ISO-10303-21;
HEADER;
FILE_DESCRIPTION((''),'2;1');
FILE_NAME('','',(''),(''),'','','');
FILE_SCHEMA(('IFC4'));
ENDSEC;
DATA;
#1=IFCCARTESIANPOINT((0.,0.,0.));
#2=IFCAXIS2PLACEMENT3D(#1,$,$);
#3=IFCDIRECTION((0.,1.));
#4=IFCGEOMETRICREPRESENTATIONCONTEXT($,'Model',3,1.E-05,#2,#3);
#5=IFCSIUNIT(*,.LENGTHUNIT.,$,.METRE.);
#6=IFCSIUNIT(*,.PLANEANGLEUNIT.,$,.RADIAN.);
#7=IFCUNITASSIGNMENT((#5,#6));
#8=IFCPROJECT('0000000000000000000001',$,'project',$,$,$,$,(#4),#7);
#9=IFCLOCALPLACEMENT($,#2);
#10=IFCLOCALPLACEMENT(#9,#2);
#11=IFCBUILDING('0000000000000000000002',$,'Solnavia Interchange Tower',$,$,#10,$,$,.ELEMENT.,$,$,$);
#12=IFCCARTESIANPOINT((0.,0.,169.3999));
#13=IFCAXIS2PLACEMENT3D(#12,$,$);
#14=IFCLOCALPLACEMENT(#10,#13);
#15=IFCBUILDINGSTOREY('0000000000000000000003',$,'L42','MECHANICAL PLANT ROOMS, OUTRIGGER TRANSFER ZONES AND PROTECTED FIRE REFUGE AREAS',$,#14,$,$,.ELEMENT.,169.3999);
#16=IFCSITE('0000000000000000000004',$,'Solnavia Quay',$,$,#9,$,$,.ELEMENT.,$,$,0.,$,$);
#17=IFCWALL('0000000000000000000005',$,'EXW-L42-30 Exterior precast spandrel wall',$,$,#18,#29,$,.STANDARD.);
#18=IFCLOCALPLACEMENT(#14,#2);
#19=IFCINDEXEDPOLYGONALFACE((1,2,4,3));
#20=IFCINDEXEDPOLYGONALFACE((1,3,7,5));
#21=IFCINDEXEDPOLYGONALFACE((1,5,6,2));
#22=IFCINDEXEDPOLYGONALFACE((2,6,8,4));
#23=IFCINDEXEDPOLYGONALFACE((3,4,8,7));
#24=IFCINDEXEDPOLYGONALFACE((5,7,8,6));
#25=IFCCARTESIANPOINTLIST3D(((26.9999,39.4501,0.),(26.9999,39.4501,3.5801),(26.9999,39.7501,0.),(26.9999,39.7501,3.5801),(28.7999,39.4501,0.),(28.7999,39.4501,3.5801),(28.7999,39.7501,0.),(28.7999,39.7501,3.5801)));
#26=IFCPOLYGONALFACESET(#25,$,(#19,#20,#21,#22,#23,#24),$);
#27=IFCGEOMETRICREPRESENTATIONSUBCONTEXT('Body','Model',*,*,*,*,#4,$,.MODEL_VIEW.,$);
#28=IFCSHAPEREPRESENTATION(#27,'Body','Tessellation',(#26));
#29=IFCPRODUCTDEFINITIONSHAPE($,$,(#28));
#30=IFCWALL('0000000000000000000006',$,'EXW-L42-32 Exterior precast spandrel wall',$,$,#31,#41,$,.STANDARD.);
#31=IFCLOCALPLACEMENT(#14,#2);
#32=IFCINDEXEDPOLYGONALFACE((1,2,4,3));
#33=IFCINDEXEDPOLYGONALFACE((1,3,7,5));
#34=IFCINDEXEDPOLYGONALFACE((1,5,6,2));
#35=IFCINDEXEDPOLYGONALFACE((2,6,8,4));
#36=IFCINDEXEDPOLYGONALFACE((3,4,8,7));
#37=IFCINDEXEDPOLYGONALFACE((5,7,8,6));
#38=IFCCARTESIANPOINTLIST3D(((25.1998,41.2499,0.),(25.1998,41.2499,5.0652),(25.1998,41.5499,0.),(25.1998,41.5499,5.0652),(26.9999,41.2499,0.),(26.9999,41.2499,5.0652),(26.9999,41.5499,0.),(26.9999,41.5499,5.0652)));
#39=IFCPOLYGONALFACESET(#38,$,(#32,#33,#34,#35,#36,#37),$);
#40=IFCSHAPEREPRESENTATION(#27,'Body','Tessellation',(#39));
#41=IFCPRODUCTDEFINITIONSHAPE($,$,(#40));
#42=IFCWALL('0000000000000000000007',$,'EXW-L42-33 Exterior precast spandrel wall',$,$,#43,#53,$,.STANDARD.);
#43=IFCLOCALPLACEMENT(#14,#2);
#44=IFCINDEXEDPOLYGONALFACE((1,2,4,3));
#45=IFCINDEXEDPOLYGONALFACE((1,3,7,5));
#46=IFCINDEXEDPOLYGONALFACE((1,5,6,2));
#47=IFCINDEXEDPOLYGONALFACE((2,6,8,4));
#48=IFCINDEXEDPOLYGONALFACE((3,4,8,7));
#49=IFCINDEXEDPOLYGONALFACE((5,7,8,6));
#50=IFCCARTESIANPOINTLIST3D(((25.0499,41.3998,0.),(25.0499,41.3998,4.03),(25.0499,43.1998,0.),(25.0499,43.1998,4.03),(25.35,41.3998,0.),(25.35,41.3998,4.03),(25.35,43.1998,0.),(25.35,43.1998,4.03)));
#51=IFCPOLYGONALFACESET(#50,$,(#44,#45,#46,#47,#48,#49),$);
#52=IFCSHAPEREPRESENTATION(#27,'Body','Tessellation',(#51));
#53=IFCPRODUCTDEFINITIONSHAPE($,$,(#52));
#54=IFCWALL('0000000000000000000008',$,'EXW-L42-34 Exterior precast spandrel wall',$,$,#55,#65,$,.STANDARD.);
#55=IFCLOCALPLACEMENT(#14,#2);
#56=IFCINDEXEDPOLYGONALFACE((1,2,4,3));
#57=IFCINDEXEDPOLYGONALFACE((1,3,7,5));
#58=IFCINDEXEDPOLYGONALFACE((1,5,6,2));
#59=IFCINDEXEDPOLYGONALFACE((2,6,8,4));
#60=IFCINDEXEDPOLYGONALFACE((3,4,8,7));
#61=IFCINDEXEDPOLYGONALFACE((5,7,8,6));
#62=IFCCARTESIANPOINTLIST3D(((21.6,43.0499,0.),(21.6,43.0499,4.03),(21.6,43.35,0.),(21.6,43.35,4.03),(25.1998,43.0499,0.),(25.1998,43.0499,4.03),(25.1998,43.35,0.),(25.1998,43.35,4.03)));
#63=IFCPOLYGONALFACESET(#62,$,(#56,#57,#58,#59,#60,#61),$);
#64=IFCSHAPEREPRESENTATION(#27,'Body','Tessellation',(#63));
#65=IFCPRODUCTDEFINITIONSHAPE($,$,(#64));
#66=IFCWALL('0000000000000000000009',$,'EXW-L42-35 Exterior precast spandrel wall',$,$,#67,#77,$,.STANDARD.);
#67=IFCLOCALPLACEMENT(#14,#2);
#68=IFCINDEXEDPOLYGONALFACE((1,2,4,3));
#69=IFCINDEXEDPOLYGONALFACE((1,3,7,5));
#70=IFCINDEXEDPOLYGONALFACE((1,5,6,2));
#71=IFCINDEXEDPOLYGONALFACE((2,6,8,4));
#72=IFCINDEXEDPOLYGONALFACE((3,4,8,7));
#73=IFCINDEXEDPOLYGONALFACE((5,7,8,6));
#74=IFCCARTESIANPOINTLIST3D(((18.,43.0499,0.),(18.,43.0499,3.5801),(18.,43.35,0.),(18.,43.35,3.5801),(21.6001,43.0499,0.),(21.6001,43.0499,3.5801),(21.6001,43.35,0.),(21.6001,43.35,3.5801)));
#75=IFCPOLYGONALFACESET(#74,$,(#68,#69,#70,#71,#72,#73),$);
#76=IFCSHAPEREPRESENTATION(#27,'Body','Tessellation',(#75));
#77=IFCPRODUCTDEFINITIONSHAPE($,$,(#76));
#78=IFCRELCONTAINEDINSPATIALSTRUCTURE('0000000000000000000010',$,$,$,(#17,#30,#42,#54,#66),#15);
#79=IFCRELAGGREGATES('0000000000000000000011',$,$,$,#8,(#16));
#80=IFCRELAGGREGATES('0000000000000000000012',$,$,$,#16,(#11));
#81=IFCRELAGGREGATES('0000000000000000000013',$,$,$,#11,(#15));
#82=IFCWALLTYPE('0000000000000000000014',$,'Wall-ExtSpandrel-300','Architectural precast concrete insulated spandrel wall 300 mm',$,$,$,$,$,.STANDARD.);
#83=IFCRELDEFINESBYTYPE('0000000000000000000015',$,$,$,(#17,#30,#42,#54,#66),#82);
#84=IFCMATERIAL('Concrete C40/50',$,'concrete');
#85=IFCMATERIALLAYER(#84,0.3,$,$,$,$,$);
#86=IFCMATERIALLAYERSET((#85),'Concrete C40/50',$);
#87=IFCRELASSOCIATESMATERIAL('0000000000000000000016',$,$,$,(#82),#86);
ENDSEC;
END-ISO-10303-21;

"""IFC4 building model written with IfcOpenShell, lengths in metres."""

from ifc_helpers import new_model, si_unit, direction, frame, frame_2d, origin, place, context, subcontext, project, spatial, rectangle, extrude, material, layer, layer_set, type_object, element, save


model = new_model("IFC4")

# Units and contexts
model_context = context("Model", 3, precision=1e-05, world=origin(), true_north=direction((0.0, 1.0)))
body_context = subcontext(model_context, "Body", "Model", "MODEL_VIEW")
ifc_project = project(units=[si_unit("LENGTHUNIT", "METRE"), si_unit("PLANEANGLEUNIT", "RADIAN")], contexts=[model_context])

# Site, building, storey
site_placement = place(None, origin())
site = spatial("IfcSite", under=ifc_project, at=site_placement, Name="Solnavia Quay", CompositionType="ELEMENT", RefElevation=0.0)
building_placement = place(site_placement, origin())
building = spatial("IfcBuilding", under=site, at=building_placement, Name="Solnavia Interchange Tower", CompositionType="ELEMENT")
storey_placement = place(building_placement, frame((0.0, 0.0, 169.3999)))
storey = spatial("IfcBuildingStorey", under=building, at=storey_placement, Name="L42", Description="MECHANICAL PLANT ROOMS, OUTRIGGER TRANSFER ZONES AND PROTECTED FIRE REFUGE AREAS", CompositionType="ELEMENT", Elevation=169.3999)

# Walls
ifc_material_1 = material(Name="Concrete C40/50", Category="concrete")
ifc_layer_1 = layer(ifc_material_1, 0.3)
ifc_layer_set_1 = layer_set([ifc_layer_1], Name="Concrete C40/50")
wall_type = type_object("IfcWallType", Name="Wall-ExtSpandrel-300", Description="Architectural precast concrete insulated spandrel wall 300 mm", PredefinedType="STANDARD", material=ifc_layer_set_1)
wall_1_placement = place(storey_placement, frame((27.0, 39.6001, 0.0), z_axis=(0.0, 0.0, 1.0), x_axis=(1.0, 0.0, 0.0)))
element("IfcWall", 1, at=wall_1_placement, inside=storey, type_object=wall_type, Name="EXW-L42-30 Exterior precast spandrel wall", PredefinedType="STANDARD", context=body_context, shape_type="SweptSolid", body=[
    extrude(rectangle(XDim=1.8, YDim=0.3, at=frame_2d((0.8999, 0.0))), origin(), (0.0, 0.0, 1.0), 3.5801),
])
wall_2_placement = place(storey_placement, frame((25.2, 41.3999, 0.0), z_axis=(0.0, 0.0, 1.0), x_axis=(1.0, 0.0, 0.0)))
element("IfcWall", 2, at=wall_2_placement, inside=storey, type_object=wall_type, Name="EXW-L42-32 Exterior precast spandrel wall", PredefinedType="STANDARD", context=body_context, shape_type="SweptSolid", body=[
    extrude(rectangle(XDim=1.8, YDim=0.3, at=frame_2d((0.8999, 0.0))), origin(), (0.0, 0.0, 1.0), 5.0652),
])
wall_3_placement = place(storey_placement, frame((25.2, 41.3999, 0.0), z_axis=(0.0, 0.0, 1.0), x_axis=(0.0, 1.0, 0.0)))
element("IfcWall", 3, at=wall_3_placement, inside=storey, type_object=wall_type, Name="EXW-L42-33 Exterior precast spandrel wall", PredefinedType="STANDARD", context=body_context, shape_type="SweptSolid", body=[
    extrude(rectangle(XDim=1.8, YDim=0.3, at=frame_2d((0.8999, 0.0))), origin(), (0.0, 0.0, 1.0), 4.03),
])
wall_4_placement = place(storey_placement, frame((21.6001, 43.2, 0.0), z_axis=(0.0, 0.0, 1.0), x_axis=(1.0, 0.0, 0.0)))
element("IfcWall", 4, at=wall_4_placement, inside=storey, type_object=wall_type, Name="EXW-L42-34 Exterior precast spandrel wall", PredefinedType="STANDARD", context=body_context, shape_type="SweptSolid", body=[
    extrude(rectangle(XDim=3.5999, YDim=0.3, at=frame_2d((1.7998, 0.0))), origin(), (0.0, 0.0, 1.0), 4.03),
])
wall_5_placement = place(storey_placement, frame((18.0, 43.2, 0.0), z_axis=(0.0, 0.0, 1.0), x_axis=(1.0, 0.0, 0.0)))
element("IfcWall", 5, at=wall_5_placement, inside=storey, type_object=wall_type, Name="EXW-L42-35 Exterior precast spandrel wall", PredefinedType="STANDARD", context=body_context, shape_type="SweptSolid", body=[
    extrude(rectangle(XDim=3.6001, YDim=0.3, at=frame_2d((1.8, 0.0))), origin(), (0.0, 0.0, 1.0), 3.5801),
])

save(model, "model.ifc")
